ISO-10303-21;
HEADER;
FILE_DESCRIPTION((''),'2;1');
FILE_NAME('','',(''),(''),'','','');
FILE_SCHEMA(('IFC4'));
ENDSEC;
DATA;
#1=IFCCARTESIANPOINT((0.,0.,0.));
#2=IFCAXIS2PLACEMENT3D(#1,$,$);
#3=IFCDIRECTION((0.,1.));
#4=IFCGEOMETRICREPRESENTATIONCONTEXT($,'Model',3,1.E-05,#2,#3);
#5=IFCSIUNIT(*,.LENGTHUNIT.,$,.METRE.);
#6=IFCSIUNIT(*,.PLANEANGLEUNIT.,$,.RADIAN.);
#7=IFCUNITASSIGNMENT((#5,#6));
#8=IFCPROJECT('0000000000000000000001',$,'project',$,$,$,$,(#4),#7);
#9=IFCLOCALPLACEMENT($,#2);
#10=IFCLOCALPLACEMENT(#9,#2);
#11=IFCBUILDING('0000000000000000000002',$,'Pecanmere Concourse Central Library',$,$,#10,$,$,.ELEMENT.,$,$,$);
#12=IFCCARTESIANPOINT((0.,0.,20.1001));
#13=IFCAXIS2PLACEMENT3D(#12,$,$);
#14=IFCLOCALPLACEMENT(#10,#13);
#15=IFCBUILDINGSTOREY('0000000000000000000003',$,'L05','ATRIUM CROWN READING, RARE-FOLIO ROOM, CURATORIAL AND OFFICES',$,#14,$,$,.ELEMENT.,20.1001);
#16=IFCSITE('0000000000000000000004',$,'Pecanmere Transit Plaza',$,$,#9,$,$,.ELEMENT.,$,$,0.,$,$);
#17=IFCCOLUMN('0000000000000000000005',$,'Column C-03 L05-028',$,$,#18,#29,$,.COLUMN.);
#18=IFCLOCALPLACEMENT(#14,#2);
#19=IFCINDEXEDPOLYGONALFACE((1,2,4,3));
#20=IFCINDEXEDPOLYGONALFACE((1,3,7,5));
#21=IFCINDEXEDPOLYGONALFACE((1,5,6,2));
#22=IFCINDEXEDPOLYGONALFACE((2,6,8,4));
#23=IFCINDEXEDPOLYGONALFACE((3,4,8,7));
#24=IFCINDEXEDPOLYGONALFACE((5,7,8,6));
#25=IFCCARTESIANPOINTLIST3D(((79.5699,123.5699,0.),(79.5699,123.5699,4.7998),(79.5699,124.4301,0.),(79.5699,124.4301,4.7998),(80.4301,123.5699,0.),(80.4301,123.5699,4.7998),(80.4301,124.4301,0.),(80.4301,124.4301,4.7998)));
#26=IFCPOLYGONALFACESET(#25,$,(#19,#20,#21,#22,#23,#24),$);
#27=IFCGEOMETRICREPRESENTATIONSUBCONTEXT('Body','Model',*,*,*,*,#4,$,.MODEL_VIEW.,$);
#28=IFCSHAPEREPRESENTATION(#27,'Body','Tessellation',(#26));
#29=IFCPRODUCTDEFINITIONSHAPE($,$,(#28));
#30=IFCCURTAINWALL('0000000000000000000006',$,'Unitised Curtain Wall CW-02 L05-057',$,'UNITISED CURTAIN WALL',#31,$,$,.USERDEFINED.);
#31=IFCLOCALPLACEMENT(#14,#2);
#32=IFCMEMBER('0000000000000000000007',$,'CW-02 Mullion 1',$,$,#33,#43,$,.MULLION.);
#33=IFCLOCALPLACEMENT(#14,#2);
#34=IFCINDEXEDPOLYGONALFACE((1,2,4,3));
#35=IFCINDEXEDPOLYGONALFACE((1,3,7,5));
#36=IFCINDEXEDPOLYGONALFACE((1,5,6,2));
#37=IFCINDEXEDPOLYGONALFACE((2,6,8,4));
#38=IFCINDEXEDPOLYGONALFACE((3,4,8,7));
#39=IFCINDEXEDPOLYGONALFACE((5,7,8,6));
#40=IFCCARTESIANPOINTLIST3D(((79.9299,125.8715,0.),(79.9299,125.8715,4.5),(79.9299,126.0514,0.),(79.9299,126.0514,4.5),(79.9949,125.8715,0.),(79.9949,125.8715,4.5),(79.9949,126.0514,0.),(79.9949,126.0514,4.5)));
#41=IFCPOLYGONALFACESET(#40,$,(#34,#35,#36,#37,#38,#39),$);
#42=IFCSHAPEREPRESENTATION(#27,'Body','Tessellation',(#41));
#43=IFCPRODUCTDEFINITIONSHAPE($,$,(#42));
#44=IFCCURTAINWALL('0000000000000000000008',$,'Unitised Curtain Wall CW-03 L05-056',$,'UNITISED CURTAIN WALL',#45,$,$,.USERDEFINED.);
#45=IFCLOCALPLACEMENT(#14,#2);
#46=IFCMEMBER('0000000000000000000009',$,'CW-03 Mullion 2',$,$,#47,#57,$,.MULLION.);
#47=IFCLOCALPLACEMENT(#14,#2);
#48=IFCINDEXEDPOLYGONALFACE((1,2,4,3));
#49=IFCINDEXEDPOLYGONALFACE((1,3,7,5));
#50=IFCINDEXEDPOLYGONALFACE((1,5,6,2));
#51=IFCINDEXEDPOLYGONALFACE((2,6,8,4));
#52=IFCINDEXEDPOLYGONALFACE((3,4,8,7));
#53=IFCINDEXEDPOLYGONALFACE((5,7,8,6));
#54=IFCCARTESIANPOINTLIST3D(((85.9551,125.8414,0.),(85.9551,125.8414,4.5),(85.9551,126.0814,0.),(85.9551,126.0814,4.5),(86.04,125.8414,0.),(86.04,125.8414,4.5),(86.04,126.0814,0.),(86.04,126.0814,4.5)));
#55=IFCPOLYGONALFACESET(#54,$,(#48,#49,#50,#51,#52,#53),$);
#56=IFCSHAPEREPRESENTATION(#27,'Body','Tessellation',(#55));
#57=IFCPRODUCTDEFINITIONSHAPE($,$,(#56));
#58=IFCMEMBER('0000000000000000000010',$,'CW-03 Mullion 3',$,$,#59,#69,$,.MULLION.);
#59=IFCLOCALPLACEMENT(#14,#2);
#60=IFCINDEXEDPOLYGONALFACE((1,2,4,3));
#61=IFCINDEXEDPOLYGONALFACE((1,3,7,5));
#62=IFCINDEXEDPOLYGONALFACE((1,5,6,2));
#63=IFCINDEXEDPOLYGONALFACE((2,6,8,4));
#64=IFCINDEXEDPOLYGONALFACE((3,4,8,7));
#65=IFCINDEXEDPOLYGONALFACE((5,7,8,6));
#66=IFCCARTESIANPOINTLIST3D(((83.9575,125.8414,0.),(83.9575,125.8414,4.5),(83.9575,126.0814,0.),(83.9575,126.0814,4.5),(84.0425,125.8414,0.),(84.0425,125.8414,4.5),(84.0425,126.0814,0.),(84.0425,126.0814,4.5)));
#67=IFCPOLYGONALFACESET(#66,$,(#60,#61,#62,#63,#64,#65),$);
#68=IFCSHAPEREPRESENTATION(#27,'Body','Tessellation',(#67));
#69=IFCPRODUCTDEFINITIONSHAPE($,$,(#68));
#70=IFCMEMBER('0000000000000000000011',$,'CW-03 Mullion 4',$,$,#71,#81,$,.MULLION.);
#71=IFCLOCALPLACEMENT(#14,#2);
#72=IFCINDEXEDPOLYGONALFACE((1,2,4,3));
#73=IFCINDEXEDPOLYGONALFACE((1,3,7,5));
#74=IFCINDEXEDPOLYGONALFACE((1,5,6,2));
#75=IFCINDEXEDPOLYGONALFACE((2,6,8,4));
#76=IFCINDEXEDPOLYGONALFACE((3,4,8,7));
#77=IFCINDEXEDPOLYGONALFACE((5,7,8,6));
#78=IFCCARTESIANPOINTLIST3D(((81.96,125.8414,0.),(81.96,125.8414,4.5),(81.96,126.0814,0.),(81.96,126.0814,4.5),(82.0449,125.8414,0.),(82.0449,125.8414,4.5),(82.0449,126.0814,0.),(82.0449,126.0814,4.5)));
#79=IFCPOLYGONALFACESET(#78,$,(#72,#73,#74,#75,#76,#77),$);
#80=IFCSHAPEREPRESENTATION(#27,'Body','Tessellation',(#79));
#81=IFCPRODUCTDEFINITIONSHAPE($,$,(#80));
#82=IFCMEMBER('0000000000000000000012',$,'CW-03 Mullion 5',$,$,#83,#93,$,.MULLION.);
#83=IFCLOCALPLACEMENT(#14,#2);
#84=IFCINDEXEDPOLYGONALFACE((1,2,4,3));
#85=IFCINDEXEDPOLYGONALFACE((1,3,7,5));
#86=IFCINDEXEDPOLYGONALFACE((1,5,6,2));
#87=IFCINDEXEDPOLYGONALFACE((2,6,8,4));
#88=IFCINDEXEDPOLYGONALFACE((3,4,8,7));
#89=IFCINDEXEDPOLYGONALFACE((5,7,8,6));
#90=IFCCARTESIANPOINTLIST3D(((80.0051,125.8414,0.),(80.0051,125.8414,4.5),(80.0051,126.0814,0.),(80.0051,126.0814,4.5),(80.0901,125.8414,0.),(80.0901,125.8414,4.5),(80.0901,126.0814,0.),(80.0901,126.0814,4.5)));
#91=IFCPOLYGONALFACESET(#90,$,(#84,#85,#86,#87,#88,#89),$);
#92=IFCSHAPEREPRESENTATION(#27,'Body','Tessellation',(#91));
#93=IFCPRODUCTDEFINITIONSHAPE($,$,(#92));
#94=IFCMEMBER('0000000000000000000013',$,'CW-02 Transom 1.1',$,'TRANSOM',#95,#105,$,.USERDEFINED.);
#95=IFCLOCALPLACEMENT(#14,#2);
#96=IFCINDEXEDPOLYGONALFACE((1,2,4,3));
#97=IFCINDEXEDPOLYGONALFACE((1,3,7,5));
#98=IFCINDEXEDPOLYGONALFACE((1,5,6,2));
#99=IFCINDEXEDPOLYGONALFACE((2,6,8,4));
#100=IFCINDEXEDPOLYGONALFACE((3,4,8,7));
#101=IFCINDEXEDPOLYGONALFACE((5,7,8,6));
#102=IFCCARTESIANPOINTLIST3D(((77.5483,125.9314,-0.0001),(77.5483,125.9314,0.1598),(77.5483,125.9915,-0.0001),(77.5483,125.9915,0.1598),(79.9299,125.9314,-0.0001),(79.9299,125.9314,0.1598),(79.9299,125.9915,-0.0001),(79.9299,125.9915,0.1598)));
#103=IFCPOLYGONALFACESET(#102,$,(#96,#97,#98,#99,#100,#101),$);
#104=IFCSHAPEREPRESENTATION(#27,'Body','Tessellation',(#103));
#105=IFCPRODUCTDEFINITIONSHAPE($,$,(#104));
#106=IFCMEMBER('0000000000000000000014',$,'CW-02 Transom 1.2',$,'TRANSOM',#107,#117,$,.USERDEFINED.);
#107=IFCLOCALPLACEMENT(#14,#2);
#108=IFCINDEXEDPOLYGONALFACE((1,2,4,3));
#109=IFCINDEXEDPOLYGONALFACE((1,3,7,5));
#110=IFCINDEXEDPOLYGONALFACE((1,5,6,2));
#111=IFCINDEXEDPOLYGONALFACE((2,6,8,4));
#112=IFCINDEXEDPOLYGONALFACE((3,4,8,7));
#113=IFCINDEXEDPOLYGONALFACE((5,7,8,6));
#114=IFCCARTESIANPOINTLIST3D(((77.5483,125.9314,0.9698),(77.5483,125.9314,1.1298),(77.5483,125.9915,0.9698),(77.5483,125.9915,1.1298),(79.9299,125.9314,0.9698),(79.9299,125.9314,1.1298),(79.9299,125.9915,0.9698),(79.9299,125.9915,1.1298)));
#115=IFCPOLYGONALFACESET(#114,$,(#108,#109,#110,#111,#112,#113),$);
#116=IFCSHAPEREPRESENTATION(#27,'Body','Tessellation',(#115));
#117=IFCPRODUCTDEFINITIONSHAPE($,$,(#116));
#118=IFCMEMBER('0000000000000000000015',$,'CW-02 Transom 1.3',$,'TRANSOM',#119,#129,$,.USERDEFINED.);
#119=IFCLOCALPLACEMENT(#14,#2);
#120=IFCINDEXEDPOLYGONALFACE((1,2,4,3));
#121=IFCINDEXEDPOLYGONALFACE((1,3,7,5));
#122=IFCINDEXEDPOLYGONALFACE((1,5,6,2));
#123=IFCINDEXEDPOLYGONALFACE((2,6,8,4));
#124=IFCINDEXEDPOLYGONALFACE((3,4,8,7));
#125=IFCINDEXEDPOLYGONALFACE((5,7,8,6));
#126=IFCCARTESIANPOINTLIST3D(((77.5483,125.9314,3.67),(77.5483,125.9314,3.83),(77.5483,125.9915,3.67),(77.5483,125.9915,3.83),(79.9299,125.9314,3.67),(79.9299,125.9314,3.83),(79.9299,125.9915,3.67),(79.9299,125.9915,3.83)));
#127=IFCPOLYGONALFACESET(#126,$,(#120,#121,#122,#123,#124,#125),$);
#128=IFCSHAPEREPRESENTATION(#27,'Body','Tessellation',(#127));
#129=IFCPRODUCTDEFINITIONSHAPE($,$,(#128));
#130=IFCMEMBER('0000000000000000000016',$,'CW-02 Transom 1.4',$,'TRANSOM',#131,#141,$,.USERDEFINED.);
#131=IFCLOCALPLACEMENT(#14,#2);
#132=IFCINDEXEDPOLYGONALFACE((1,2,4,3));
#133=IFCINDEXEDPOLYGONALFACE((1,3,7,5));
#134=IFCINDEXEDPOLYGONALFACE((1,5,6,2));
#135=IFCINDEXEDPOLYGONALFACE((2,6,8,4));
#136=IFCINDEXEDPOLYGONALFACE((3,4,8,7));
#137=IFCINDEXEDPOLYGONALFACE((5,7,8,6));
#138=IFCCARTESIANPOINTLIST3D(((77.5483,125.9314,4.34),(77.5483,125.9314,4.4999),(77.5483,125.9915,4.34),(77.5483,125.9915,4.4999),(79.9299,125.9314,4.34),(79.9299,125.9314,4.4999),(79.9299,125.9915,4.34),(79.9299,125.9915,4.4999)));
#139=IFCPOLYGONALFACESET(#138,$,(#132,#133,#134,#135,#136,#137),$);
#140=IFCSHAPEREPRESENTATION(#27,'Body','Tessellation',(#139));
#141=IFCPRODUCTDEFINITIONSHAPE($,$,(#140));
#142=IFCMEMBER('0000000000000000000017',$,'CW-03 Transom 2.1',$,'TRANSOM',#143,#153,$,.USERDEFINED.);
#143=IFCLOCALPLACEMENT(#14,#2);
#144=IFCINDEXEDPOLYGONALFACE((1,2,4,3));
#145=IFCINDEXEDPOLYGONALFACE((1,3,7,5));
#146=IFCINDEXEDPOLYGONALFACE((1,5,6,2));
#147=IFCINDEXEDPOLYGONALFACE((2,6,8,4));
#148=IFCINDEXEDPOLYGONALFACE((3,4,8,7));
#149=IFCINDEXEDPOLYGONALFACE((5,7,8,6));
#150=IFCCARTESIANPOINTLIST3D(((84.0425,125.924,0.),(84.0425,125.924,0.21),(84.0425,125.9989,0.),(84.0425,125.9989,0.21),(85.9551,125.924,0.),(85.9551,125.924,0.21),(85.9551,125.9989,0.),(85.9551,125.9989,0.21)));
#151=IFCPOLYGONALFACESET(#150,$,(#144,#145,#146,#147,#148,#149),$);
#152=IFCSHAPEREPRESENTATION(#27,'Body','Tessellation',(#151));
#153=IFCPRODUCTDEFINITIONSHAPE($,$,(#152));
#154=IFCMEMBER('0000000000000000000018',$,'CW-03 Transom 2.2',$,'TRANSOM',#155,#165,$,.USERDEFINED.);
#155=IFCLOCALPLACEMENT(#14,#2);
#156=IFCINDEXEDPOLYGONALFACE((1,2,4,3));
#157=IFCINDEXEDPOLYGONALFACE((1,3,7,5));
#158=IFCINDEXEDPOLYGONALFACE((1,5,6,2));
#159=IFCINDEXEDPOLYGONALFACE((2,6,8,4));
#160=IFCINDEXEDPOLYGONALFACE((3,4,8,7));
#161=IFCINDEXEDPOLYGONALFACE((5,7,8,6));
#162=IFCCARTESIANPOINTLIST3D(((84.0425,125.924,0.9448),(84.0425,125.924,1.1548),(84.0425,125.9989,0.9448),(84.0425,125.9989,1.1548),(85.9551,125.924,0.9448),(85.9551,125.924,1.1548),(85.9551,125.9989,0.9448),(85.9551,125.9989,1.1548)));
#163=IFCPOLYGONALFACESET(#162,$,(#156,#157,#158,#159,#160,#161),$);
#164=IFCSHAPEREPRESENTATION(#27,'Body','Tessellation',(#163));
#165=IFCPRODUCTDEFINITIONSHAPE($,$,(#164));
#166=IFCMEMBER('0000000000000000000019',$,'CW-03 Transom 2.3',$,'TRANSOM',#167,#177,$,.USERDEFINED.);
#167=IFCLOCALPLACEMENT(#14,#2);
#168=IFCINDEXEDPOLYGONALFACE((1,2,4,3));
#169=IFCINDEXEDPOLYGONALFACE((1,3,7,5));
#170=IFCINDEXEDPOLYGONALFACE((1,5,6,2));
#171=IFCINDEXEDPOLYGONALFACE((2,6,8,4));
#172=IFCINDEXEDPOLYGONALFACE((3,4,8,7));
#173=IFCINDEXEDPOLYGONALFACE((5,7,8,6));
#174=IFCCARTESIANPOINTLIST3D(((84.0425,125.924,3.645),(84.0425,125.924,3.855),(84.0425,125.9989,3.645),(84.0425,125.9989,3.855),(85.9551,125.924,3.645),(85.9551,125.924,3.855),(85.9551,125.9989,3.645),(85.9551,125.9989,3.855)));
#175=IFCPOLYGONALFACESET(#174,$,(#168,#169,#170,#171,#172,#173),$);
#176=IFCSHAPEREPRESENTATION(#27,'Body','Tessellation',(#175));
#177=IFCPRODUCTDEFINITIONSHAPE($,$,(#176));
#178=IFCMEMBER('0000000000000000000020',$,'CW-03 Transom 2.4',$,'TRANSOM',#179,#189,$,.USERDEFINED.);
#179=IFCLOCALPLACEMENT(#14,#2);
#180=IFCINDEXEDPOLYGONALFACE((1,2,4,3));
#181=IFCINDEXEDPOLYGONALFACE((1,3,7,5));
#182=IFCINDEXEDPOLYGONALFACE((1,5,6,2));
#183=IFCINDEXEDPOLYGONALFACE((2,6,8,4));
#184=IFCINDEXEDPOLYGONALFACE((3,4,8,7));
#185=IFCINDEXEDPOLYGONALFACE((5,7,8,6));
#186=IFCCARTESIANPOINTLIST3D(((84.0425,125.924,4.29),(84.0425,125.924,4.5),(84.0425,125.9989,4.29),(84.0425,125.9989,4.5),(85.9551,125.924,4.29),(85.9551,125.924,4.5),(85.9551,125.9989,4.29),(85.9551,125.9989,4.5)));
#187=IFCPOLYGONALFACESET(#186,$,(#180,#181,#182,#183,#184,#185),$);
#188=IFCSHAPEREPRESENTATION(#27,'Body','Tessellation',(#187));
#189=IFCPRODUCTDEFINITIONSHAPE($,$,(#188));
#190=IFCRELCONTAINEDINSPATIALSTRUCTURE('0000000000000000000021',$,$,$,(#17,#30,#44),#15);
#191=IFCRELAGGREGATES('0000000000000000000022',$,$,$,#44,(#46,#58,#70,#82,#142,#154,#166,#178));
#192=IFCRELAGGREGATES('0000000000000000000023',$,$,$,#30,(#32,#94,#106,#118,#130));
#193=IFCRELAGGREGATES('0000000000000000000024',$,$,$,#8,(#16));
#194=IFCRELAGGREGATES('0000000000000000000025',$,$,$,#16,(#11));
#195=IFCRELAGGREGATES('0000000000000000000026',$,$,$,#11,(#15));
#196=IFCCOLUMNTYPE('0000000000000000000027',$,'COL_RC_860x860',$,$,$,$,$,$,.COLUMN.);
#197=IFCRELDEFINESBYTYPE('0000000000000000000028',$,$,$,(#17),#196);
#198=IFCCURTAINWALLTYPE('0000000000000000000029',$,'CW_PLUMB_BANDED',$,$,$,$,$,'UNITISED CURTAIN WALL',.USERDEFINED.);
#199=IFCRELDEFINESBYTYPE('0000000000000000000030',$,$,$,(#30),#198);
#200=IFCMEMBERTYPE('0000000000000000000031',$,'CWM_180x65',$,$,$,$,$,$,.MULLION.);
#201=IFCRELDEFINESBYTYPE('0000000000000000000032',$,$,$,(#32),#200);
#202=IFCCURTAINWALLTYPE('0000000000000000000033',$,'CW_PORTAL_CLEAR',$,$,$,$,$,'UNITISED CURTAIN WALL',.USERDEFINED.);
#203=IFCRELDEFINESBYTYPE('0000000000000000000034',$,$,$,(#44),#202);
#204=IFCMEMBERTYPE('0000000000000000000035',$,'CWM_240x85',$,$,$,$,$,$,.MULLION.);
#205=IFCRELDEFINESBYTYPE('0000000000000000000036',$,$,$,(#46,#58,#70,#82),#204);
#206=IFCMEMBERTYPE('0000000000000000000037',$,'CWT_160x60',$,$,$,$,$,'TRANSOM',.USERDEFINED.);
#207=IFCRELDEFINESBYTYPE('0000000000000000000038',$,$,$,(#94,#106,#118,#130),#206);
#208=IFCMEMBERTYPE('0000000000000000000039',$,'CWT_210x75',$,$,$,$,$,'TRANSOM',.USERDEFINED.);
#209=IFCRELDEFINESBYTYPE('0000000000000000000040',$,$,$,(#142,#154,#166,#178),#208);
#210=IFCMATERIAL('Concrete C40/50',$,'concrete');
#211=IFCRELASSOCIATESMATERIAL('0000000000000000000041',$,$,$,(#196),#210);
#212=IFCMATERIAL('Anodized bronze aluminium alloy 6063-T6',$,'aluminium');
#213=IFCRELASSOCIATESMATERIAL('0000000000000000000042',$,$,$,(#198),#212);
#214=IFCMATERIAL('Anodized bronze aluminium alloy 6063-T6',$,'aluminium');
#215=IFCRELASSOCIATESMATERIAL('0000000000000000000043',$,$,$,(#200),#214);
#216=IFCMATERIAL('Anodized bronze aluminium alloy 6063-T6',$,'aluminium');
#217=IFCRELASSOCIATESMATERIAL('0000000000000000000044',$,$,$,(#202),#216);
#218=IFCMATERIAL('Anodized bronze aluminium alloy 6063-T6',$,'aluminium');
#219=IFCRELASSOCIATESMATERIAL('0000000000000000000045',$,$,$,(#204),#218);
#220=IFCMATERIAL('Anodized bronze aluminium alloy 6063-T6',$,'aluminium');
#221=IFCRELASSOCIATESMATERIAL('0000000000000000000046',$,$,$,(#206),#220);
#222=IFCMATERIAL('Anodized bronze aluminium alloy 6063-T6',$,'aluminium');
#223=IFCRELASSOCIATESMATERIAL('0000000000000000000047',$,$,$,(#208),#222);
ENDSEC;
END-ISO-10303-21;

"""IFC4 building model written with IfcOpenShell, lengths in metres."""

from ifc_helpers import new_model, si_unit, direction, frame, origin, origin_2d, place, context, subcontext, project, spatial, rectangle, extrude, material, material_profile, profile_set, type_object, element, aggregate, save


model = new_model("IFC4")

# Units and contexts
model_context = context("Model", 3, precision=1e-05, world=origin(), true_north=direction((0.0, 1.0)))
body_context = subcontext(model_context, "Body", "Model", "MODEL_VIEW")
ifc_project = project(units=[si_unit("LENGTHUNIT", "METRE"), si_unit("PLANEANGLEUNIT", "RADIAN")], contexts=[model_context])

# Site, building, storey
site_placement = place(None, origin())
site = spatial("IfcSite", under=ifc_project, at=site_placement, Name="Pecanmere Transit Plaza", CompositionType="ELEMENT", RefElevation=0.0)
building_placement = place(site_placement, origin())
building = spatial("IfcBuilding", under=site, at=building_placement, Name="Pecanmere Concourse Central Library", CompositionType="ELEMENT")
storey_placement = place(building_placement, frame((0.0, 0.0, 20.1001)))
storey = spatial("IfcBuildingStorey", under=building, at=storey_placement, Name="L05", Description="ATRIUM CROWN READING, RARE-FOLIO ROOM, CURATORIAL AND OFFICES", CompositionType="ELEMENT", Elevation=20.1001)

# Column
ifc_material_1 = material(Name="Concrete C40/50", Category="concrete")
ifc_material_profile_1 = material_profile(ifc_material_1, rectangle(XDim=0.8601, YDim=0.8601, at=origin_2d()), Name="RC 860x860")
ifc_profile_set_1 = profile_set([ifc_material_profile_1], Name="Concrete C40/50")
column_type = type_object("IfcColumnType", Name="COL_RC_860x860", PredefinedType="COLUMN", material=ifc_profile_set_1)
column_placement = place(storey_placement, frame((80.0, 124.0, 0.0), z_axis=(0.0, 0.0, 1.0), x_axis=(1.0, 0.0, 0.0)))
element("IfcColumn", 1, at=column_placement, inside=storey, type_object=column_type, Name="Column C-03 L05-028", PredefinedType="COLUMN", context=body_context, shape_type="SweptSolid", body=[
    extrude(rectangle(XDim=0.8601, YDim=0.8601, at=origin_2d()), origin(), (0.0, 0.0, 1.0), 4.7998),
])

# Curtain wall, member
ifc_material_2 = material(Name="Anodized bronze aluminium alloy 6063-T6", Category="aluminium")
curtain_wall_type_1 = type_object("IfcCurtainWallType", Name="CW_PLUMB_BANDED", ElementType="UNITISED CURTAIN WALL", PredefinedType="USERDEFINED", material=ifc_material_2)
curtain_wall_1_placement = place(storey_placement, origin())
curtain_wall_1 = element("IfcCurtainWall", 2, at=curtain_wall_1_placement, inside=storey, type_object=curtain_wall_type_1, Name="Unitised Curtain Wall CW-02 L05-057", ObjectType="UNITISED CURTAIN WALL", PredefinedType="USERDEFINED")
ifc_material_3 = material(Name="Anodized bronze aluminium alloy 6063-T6", Category="aluminium")
ifc_material_profile_2 = material_profile(ifc_material_3, rectangle(XDim=0.0649, YDim=0.1799, at=origin_2d()), Name="AL 65x180")
ifc_profile_set_2 = profile_set([ifc_material_profile_2], Name="Anodized bronze aluminium alloy 6063-T6")
member_type_1 = type_object("IfcMemberType", Name="CWM_180x65", PredefinedType="MULLION", material=ifc_profile_set_2)
member_1_placement = place(storey_placement, frame((79.9624, 125.9614, 0.0), z_axis=(0.0, 0.0, 1.0), x_axis=(-1.0, 0.0, 0.0)))
member_1 = element("IfcMember", 3, at=member_1_placement, type_object=member_type_1, Name="CW-02 Mullion 1", PredefinedType="MULLION", context=body_context, shape_type="SweptSolid", body=[
    extrude(rectangle(XDim=0.0649, YDim=0.1799, at=origin_2d()), origin(), (0.0, 0.0, 1.0), 4.5),
])

# Curtain wall, members
ifc_material_4 = material(Name="Anodized bronze aluminium alloy 6063-T6", Category="aluminium")
curtain_wall_type_2 = type_object("IfcCurtainWallType", Name="CW_PORTAL_CLEAR", ElementType="UNITISED CURTAIN WALL", PredefinedType="USERDEFINED", material=ifc_material_4)
curtain_wall_2_placement = place(storey_placement, origin())
curtain_wall_2 = element("IfcCurtainWall", 4, at=curtain_wall_2_placement, inside=storey, type_object=curtain_wall_type_2, Name="Unitised Curtain Wall CW-03 L05-056", ObjectType="UNITISED CURTAIN WALL", PredefinedType="USERDEFINED")
ifc_material_5 = material(Name="Anodized bronze aluminium alloy 6063-T6", Category="aluminium")
ifc_material_profile_3 = material_profile(ifc_material_5, rectangle(XDim=0.085, YDim=0.24, at=origin_2d()), Name="AL 85x240")
ifc_profile_set_3 = profile_set([ifc_material_profile_3], Name="Anodized bronze aluminium alloy 6063-T6")
member_type_2 = type_object("IfcMemberType", Name="CWM_240x85", PredefinedType="MULLION", material=ifc_profile_set_3)
member_2_placement = place(storey_placement, frame((85.9976, 125.9614, 0.0), z_axis=(0.0, 0.0, 1.0), x_axis=(-1.0, 0.0, 0.0)))
member_2 = element("IfcMember", 5, at=member_2_placement, type_object=member_type_2, Name="CW-03 Mullion 2", PredefinedType="MULLION", context=body_context, shape_type="SweptSolid", body=[
    extrude(rectangle(XDim=0.085, YDim=0.24, at=origin_2d()), origin(), (0.0, 0.0, 1.0), 4.5),
])
member_3_placement = place(storey_placement, frame((84.0, 125.9614, 0.0), z_axis=(0.0, 0.0, 1.0), x_axis=(-1.0, 0.0, 0.0)))
member_3 = element("IfcMember", 6, at=member_3_placement, type_object=member_type_2, Name="CW-03 Mullion 3", PredefinedType="MULLION", context=body_context, shape_type="SweptSolid", body=[
    extrude(rectangle(XDim=0.085, YDim=0.24, at=origin_2d()), origin(), (0.0, 0.0, 1.0), 4.5),
])
member_4_placement = place(storey_placement, frame((82.0024, 125.9614, 0.0), z_axis=(0.0, 0.0, 1.0), x_axis=(-1.0, 0.0, 0.0)))
member_4 = element("IfcMember", 7, at=member_4_placement, type_object=member_type_2, Name="CW-03 Mullion 4", PredefinedType="MULLION", context=body_context, shape_type="SweptSolid", body=[
    extrude(rectangle(XDim=0.085, YDim=0.24, at=origin_2d()), origin(), (0.0, 0.0, 1.0), 4.5),
])
member_5_placement = place(storey_placement, frame((80.0476, 125.9614, 0.0), z_axis=(0.0, 0.0, 1.0), x_axis=(-1.0, 0.0, 0.0)))
member_5 = element("IfcMember", 8, at=member_5_placement, type_object=member_type_2, Name="CW-03 Mullion 5", PredefinedType="MULLION", context=body_context, shape_type="SweptSolid", body=[
    extrude(rectangle(XDim=0.085, YDim=0.24, at=origin_2d()), origin(), (0.0, 0.0, 1.0), 4.5),
])

# Members
ifc_material_6 = material(Name="Anodized bronze aluminium alloy 6063-T6", Category="aluminium")
ifc_material_profile_4 = material_profile(ifc_material_6, rectangle(XDim=0.0601, YDim=0.1599, at=origin_2d()), Name="AL 60x160")
ifc_profile_set_4 = profile_set([ifc_material_profile_4], Name="Anodized bronze aluminium alloy 6063-T6")
member_type_3 = type_object("IfcMemberType", Name="CWT_160x60", ElementType="TRANSOM", PredefinedType="USERDEFINED", material=ifc_profile_set_4)
member_6_placement = place(storey_placement, frame((79.9299, 125.9614, 0.0798), z_axis=(-1.0, 0.0, 0.0), x_axis=(0.0, -1.0, 0.0)))
member_6 = element("IfcMember", 9, at=member_6_placement, type_object=member_type_3, Name="CW-02 Transom 1.1", ObjectType="TRANSOM", PredefinedType="USERDEFINED", context=body_context, shape_type="SweptSolid", body=[
    extrude(rectangle(XDim=0.0601, YDim=0.1599, at=origin_2d()), origin(), (0.0, 0.0, 1.0), 2.3816),
])
member_7_placement = place(storey_placement, frame((79.9299, 125.9614, 1.0498), z_axis=(-1.0, 0.0, 0.0), x_axis=(0.0, -1.0, 0.0)))
member_7 = element("IfcMember", 10, at=member_7_placement, type_object=member_type_3, Name="CW-02 Transom 1.2", ObjectType="TRANSOM", PredefinedType="USERDEFINED", context=body_context, shape_type="SweptSolid", body=[
    extrude(rectangle(XDim=0.0601, YDim=0.1599, at=origin_2d()), origin(), (0.0, 0.0, 1.0), 2.3816),
])
member_8_placement = place(storey_placement, frame((79.9299, 125.9614, 3.75), z_axis=(-1.0, 0.0, 0.0), x_axis=(0.0, -1.0, 0.0)))
member_8 = element("IfcMember", 11, at=member_8_placement, type_object=member_type_3, Name="CW-02 Transom 1.3", ObjectType="TRANSOM", PredefinedType="USERDEFINED", context=body_context, shape_type="SweptSolid", body=[
    extrude(rectangle(XDim=0.0601, YDim=0.1599, at=origin_2d()), origin(), (0.0, 0.0, 1.0), 2.3816),
])
member_9_placement = place(storey_placement, frame((79.9299, 125.9614, 4.4199), z_axis=(-1.0, 0.0, 0.0), x_axis=(0.0, -1.0, 0.0)))
member_9 = element("IfcMember", 12, at=member_9_placement, type_object=member_type_3, Name="CW-02 Transom 1.4", ObjectType="TRANSOM", PredefinedType="USERDEFINED", context=body_context, shape_type="SweptSolid", body=[
    extrude(rectangle(XDim=0.0601, YDim=0.1599, at=origin_2d()), origin(), (0.0, 0.0, 1.0), 2.3816),
])
ifc_material_7 = material(Name="Anodized bronze aluminium alloy 6063-T6", Category="aluminium")
ifc_material_profile_5 = material_profile(ifc_material_7, rectangle(XDim=0.075, YDim=0.21, at=origin_2d()), Name="AL 75x210")
ifc_profile_set_5 = profile_set([ifc_material_profile_5], Name="Anodized bronze aluminium alloy 6063-T6")
member_type_4 = type_object("IfcMemberType", Name="CWT_210x75", ElementType="TRANSOM", PredefinedType="USERDEFINED", material=ifc_profile_set_5)
member_10_placement = place(storey_placement, frame((85.9551, 125.9614, 0.105), z_axis=(-1.0, 0.0, 0.0), x_axis=(0.0, -1.0, 0.0)))
member_10 = element("IfcMember", 13, at=member_10_placement, type_object=member_type_4, Name="CW-03 Transom 2.1", ObjectType="TRANSOM", PredefinedType="USERDEFINED", context=body_context, shape_type="SweptSolid", body=[
    extrude(rectangle(XDim=0.075, YDim=0.21, at=origin_2d()), origin(), (0.0, 0.0, 1.0), 1.9126),
])
member_11_placement = place(storey_placement, frame((85.9551, 125.9614, 1.0498), z_axis=(-1.0, 0.0, 0.0), x_axis=(0.0, -1.0, 0.0)))
member_11 = element("IfcMember", 14, at=member_11_placement, type_object=member_type_4, Name="CW-03 Transom 2.2", ObjectType="TRANSOM", PredefinedType="USERDEFINED", context=body_context, shape_type="SweptSolid", body=[
    extrude(rectangle(XDim=0.075, YDim=0.21, at=origin_2d()), origin(), (0.0, 0.0, 1.0), 1.9126),
])
member_12_placement = place(storey_placement, frame((85.9551, 125.9614, 3.75), z_axis=(-1.0, 0.0, 0.0), x_axis=(0.0, -1.0, 0.0)))
member_12 = element("IfcMember", 15, at=member_12_placement, type_object=member_type_4, Name="CW-03 Transom 2.3", ObjectType="TRANSOM", PredefinedType="USERDEFINED", context=body_context, shape_type="SweptSolid", body=[
    extrude(rectangle(XDim=0.075, YDim=0.21, at=origin_2d()), origin(), (0.0, 0.0, 1.0), 1.9126),
])
member_13_placement = place(storey_placement, frame((85.9551, 125.9614, 4.395), z_axis=(-1.0, 0.0, 0.0), x_axis=(0.0, -1.0, 0.0)))
member_13 = element("IfcMember", 16, at=member_13_placement, type_object=member_type_4, Name="CW-03 Transom 2.4", ObjectType="TRANSOM", PredefinedType="USERDEFINED", context=body_context, shape_type="SweptSolid", body=[
    extrude(rectangle(XDim=0.075, YDim=0.21, at=origin_2d()), origin(), (0.0, 0.0, 1.0), 1.9126),
])

aggregate(curtain_wall_2, [member_2, member_3, member_4, member_5, member_10, member_11, member_12, member_13])
aggregate(curtain_wall_1, [member_1, member_6, member_7, member_8, member_9])

save(model, "model.ifc")
